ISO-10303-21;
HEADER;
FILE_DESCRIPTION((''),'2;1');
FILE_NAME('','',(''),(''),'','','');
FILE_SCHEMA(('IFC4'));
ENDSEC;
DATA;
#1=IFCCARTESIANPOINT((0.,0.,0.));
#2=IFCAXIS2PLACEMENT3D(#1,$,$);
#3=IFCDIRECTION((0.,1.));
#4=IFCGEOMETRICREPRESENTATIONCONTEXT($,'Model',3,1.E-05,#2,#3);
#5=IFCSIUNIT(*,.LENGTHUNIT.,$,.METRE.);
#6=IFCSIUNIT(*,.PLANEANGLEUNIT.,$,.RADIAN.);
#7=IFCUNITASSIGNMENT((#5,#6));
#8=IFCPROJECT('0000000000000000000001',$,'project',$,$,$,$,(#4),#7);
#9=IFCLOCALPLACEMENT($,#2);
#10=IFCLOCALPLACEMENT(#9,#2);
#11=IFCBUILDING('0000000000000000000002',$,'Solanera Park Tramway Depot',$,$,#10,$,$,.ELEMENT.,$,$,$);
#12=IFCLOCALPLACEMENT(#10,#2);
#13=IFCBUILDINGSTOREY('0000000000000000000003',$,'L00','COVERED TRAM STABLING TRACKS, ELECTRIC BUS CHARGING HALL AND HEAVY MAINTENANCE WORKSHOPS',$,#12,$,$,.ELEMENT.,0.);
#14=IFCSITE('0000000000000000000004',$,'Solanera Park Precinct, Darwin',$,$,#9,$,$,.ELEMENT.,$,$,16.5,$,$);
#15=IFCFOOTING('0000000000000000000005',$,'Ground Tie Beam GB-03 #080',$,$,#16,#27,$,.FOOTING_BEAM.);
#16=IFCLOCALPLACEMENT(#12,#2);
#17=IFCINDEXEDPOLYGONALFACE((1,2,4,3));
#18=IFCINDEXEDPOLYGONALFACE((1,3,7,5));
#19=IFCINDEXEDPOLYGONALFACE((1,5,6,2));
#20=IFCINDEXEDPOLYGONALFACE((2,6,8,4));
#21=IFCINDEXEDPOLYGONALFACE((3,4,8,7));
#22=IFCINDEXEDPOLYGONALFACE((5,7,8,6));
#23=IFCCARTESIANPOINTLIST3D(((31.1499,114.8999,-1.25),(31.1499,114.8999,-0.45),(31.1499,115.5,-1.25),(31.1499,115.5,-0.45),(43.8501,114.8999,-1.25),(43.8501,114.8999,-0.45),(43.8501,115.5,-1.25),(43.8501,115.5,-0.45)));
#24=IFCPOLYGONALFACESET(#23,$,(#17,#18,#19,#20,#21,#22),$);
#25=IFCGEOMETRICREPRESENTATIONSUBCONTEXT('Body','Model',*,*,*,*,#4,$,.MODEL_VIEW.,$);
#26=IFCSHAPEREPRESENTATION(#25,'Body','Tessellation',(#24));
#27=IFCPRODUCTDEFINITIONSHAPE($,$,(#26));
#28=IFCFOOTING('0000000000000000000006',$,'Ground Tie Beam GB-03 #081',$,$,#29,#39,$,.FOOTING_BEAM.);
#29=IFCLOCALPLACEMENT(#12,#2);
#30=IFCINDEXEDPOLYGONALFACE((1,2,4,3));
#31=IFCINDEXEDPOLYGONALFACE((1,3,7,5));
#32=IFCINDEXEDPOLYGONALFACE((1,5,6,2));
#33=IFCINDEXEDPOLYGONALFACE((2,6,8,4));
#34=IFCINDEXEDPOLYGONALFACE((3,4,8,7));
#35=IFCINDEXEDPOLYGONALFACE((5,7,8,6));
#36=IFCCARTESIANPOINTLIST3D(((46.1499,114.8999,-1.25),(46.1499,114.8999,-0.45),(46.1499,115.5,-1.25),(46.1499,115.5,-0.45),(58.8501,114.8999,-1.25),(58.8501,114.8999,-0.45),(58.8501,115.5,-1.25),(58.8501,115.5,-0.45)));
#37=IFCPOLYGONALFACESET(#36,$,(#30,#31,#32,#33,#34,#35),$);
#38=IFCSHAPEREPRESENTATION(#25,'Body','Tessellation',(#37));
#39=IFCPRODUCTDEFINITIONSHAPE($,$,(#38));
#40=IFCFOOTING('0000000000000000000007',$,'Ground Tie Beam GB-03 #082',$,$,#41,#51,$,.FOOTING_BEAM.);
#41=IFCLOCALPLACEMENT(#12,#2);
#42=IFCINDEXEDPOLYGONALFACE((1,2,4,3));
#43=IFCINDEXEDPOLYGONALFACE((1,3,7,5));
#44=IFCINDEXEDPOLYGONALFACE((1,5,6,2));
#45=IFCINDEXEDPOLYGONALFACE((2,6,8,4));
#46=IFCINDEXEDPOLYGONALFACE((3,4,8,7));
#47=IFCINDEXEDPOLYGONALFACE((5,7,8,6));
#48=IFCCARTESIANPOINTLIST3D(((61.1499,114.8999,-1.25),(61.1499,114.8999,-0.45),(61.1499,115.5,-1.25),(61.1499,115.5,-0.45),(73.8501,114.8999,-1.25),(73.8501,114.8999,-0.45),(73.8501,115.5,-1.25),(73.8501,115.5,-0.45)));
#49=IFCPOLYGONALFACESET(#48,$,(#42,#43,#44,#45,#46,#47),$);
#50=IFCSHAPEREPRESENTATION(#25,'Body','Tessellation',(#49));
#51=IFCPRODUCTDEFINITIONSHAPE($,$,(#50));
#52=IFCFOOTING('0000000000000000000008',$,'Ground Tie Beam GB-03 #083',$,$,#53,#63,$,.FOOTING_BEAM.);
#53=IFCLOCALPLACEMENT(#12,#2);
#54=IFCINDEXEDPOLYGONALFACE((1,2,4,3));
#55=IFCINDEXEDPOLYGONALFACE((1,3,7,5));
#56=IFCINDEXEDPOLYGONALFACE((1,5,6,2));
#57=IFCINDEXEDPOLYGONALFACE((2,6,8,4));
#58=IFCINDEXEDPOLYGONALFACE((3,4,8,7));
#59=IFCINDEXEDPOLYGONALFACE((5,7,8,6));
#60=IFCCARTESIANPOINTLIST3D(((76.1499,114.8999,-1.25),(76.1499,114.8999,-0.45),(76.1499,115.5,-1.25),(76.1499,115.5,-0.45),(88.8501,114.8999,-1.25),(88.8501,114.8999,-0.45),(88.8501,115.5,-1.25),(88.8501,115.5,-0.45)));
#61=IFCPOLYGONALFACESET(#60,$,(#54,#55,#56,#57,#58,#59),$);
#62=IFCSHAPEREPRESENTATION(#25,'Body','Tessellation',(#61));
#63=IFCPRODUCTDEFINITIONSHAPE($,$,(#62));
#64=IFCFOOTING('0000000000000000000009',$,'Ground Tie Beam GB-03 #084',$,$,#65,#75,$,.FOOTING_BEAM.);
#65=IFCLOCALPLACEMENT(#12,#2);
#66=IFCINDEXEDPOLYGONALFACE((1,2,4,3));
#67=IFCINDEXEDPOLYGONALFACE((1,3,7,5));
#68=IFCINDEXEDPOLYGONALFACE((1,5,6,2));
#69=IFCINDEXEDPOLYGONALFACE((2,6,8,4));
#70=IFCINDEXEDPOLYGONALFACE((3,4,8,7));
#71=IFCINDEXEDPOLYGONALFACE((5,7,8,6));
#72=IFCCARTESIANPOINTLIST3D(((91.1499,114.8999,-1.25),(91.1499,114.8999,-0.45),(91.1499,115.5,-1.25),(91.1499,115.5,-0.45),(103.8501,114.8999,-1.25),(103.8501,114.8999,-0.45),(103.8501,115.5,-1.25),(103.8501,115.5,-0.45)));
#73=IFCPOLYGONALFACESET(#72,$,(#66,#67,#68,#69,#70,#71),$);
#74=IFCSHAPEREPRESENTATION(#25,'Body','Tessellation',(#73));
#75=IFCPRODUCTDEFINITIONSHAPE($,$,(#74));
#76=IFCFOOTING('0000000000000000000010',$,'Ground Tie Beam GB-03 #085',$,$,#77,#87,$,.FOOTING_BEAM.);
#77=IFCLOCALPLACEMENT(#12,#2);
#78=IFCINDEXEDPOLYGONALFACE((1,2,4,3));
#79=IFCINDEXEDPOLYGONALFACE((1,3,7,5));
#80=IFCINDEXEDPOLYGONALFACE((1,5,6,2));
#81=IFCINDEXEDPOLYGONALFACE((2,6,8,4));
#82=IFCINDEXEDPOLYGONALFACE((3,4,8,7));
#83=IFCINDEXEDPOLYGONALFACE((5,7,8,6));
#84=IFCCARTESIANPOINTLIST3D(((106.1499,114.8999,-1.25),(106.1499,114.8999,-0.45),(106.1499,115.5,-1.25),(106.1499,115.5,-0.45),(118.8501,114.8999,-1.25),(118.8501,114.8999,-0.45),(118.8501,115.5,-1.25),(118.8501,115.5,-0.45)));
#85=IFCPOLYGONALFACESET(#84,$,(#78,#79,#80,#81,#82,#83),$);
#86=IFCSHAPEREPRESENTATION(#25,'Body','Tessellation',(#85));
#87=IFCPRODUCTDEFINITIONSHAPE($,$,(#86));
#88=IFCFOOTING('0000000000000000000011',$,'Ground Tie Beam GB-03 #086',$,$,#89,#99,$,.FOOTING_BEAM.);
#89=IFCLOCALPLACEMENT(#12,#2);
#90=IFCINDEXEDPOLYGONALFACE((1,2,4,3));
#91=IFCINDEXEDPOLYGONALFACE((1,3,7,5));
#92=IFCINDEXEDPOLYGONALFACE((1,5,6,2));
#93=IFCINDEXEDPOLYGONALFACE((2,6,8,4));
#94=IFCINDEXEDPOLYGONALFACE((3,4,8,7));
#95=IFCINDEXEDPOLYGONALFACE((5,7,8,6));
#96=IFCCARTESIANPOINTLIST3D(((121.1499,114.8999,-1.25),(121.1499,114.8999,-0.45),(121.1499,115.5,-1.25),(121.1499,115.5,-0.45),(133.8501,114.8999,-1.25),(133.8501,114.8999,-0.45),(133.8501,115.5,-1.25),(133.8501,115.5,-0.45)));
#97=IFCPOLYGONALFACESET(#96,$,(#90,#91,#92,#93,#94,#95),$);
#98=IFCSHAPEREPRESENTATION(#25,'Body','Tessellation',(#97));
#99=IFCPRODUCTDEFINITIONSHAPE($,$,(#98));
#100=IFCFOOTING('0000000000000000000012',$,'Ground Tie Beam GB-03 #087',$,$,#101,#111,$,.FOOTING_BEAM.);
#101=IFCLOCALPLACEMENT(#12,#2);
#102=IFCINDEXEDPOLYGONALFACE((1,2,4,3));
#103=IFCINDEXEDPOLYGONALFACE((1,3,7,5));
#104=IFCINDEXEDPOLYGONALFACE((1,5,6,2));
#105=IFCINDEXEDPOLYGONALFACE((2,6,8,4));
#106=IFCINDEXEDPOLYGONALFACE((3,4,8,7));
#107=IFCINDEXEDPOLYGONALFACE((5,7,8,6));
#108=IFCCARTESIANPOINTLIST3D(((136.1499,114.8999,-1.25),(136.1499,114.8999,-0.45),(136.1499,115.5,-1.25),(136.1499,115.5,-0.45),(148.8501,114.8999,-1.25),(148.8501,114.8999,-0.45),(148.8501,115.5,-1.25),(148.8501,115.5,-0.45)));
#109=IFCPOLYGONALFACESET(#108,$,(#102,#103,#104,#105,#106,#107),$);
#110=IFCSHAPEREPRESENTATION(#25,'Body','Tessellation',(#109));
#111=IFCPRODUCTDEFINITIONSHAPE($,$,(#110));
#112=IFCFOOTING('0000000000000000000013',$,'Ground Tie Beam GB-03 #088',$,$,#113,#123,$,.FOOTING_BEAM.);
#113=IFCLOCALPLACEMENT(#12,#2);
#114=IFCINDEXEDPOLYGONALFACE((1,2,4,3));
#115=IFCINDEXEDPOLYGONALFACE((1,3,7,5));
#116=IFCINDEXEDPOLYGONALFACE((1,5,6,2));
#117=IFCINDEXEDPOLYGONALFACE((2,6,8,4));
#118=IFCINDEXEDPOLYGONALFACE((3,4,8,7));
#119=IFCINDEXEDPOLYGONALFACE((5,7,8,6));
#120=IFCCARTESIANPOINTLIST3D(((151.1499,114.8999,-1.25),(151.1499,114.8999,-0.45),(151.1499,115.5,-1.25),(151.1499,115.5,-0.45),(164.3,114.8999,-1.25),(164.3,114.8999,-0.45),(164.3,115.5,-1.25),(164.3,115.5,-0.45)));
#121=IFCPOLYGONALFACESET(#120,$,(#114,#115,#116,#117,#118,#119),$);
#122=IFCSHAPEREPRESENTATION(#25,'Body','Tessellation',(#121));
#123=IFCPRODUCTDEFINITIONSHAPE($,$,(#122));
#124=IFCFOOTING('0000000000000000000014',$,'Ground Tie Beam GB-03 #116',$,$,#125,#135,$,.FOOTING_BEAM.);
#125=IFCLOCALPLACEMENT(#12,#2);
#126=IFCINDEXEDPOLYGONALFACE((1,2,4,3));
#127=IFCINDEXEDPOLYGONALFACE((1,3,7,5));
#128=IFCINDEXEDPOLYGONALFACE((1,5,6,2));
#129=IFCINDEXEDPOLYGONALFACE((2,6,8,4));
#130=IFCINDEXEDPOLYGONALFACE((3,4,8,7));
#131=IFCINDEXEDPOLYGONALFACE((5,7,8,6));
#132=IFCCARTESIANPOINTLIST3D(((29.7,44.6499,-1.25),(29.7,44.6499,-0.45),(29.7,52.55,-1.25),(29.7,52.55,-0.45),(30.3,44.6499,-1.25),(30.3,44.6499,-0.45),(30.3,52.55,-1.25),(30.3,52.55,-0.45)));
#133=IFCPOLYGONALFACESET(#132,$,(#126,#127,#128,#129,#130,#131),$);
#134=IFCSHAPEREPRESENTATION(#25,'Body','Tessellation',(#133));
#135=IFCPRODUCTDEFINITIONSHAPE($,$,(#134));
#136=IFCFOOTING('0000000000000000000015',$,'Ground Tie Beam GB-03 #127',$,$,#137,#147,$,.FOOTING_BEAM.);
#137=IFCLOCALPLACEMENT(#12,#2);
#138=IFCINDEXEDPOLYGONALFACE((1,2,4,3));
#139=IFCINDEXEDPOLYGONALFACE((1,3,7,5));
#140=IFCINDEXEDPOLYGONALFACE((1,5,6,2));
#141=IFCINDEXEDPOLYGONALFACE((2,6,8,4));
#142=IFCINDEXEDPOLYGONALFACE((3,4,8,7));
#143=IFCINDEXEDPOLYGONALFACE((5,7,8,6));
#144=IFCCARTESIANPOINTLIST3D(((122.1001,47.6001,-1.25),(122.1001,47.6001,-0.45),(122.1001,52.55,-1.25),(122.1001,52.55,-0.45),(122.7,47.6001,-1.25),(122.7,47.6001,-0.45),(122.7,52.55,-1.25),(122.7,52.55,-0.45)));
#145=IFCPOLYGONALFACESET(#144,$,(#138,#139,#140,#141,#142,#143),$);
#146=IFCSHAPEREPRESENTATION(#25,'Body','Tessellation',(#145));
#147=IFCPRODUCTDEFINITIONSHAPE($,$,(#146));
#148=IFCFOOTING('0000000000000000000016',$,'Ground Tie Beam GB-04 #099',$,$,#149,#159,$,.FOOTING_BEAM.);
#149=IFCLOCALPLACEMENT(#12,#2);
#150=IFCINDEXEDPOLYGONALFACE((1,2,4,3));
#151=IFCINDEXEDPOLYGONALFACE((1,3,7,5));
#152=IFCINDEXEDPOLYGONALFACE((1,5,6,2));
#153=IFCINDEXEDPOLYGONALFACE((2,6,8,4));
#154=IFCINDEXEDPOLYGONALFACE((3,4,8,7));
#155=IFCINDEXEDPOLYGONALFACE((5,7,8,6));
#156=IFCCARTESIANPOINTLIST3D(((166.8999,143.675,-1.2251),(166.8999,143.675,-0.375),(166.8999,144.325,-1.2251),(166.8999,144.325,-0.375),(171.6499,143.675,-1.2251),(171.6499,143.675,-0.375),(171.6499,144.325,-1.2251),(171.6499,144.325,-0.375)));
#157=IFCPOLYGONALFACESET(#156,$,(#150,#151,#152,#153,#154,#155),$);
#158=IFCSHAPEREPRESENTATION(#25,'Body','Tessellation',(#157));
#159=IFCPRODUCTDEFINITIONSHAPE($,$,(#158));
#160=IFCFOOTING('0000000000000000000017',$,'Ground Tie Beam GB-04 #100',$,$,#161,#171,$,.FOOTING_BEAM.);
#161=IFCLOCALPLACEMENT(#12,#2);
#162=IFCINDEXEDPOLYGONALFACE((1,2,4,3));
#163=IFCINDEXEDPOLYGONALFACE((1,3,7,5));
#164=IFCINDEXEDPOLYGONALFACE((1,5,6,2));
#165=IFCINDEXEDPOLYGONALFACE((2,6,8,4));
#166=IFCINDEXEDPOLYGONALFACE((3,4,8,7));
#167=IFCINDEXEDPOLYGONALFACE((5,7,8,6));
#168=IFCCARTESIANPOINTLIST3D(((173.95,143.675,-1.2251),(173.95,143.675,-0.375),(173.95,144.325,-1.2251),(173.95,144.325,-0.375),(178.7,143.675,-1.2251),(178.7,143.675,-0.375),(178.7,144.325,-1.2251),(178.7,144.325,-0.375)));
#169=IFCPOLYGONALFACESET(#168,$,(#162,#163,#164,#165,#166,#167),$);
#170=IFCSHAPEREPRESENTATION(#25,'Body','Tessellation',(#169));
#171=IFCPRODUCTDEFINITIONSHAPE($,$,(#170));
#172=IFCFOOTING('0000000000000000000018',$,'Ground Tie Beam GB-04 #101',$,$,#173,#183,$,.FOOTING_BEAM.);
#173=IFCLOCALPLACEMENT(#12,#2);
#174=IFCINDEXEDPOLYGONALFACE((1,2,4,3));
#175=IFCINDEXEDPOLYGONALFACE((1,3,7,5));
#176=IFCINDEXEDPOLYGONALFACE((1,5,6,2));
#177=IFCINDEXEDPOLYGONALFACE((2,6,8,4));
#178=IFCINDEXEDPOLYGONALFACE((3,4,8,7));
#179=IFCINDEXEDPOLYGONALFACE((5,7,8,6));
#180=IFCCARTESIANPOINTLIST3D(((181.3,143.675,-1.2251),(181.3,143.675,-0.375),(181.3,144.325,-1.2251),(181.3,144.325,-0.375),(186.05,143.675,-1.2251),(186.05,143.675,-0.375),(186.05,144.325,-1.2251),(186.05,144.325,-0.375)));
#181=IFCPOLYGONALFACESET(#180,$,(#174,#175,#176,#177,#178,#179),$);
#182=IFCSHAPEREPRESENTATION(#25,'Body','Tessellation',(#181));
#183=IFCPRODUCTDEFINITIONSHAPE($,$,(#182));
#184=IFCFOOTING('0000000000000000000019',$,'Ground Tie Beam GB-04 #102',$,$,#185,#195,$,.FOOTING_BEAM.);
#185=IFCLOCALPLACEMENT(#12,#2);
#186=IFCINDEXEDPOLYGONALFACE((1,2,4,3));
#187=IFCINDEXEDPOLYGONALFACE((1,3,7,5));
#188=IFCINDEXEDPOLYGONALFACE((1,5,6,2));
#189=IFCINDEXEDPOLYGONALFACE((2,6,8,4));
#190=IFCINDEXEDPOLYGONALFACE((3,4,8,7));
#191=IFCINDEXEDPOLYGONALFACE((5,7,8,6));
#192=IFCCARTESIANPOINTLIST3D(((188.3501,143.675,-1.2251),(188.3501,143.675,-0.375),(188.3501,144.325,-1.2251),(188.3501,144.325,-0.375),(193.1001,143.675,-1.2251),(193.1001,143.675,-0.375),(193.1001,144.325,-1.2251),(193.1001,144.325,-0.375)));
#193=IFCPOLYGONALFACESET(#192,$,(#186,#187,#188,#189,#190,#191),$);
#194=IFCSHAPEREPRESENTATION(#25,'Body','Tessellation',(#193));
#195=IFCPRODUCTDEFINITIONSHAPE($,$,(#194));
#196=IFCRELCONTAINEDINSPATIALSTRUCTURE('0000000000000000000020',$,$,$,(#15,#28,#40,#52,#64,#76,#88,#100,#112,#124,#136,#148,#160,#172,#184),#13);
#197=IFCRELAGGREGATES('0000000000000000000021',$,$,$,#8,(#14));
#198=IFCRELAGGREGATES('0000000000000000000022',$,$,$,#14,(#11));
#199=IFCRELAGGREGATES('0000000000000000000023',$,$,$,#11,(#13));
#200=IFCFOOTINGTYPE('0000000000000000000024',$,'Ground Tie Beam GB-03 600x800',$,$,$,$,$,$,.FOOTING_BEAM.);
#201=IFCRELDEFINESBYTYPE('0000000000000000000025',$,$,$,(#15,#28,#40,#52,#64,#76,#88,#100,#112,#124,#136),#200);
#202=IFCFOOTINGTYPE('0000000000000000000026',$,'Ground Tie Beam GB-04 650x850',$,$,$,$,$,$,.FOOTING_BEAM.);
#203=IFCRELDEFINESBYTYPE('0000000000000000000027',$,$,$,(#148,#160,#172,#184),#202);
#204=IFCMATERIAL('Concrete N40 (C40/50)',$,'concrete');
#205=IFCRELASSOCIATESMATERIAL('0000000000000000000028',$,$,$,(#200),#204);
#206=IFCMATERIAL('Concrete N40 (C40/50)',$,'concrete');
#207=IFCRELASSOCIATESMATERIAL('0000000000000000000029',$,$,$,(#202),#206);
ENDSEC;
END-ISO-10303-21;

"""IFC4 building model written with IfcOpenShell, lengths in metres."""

from ifc_helpers import new_model, si_unit, direction, frame, origin, place, context, subcontext, project, spatial, polyline, outline, extrude, material, type_object, element, save


model = new_model("IFC4")

# Units and contexts
model_context = context("Model", 3, precision=1e-05, world=origin(), true_north=direction((0.0, 1.0)))
body_context = subcontext(model_context, "Body", "Model", "MODEL_VIEW")
ifc_project = project(units=[si_unit("LENGTHUNIT", "METRE"), si_unit("PLANEANGLEUNIT", "RADIAN")], contexts=[model_context])

# Site, building, storey
site_placement = place(None, origin())
site = spatial("IfcSite", under=ifc_project, at=site_placement, Name="Solanera Park Precinct, Darwin", CompositionType="ELEMENT", RefElevation=16.5)
building_placement = place(site_placement, origin())
building = spatial("IfcBuilding", under=site, at=building_placement, Name="Solanera Park Tramway Depot", CompositionType="ELEMENT")
storey_placement = place(building_placement, origin())
storey = spatial("IfcBuildingStorey", under=building, at=storey_placement, Name="L00", Description="COVERED TRAM STABLING TRACKS, ELECTRIC BUS CHARGING HALL AND HEAVY MAINTENANCE WORKSHOPS", CompositionType="ELEMENT", Elevation=0.0)

# Footings
ifc_material_1 = material(Name="Concrete N40 (C40/50)", Category="concrete")
footing_type_1 = type_object("IfcFootingType", Name="Ground Tie Beam GB-03 600x800", PredefinedType="FOOTING_BEAM", material=ifc_material_1)
footing_1_placement = place(storey_placement, frame((0.0, 0.0, -1.25)))
element("IfcFooting", 1, at=footing_1_placement, inside=storey, type_object=footing_type_1, Name="Ground Tie Beam GB-03 #080", PredefinedType="FOOTING_BEAM", context=body_context, shape_type="SweptSolid", body=[
    extrude(outline(polyline([(43.8501, 114.8999), (43.8501, 115.5), (31.1499, 115.5), (31.1499, 114.8999), (43.8501, 114.8999)])), origin(), (0.0, 0.0, 1.0), 0.8),
])
footing_2_placement = place(storey_placement, frame((0.0, 0.0, -1.25)))
element("IfcFooting", 2, at=footing_2_placement, inside=storey, type_object=footing_type_1, Name="Ground Tie Beam GB-03 #081", PredefinedType="FOOTING_BEAM", context=body_context, shape_type="SweptSolid", body=[
    extrude(outline(polyline([(58.8501, 114.8999), (58.8501, 115.5), (46.1499, 115.5), (46.1499, 114.8999), (58.8501, 114.8999)])), origin(), (0.0, 0.0, 1.0), 0.8),
])
footing_3_placement = place(storey_placement, frame((0.0, 0.0, -1.25)))
element("IfcFooting", 3, at=footing_3_placement, inside=storey, type_object=footing_type_1, Name="Ground Tie Beam GB-03 #082", PredefinedType="FOOTING_BEAM", context=body_context, shape_type="SweptSolid", body=[
    extrude(outline(polyline([(73.8501, 114.8999), (73.8501, 115.5), (61.1499, 115.5), (61.1499, 114.8999), (73.8501, 114.8999)])), origin(), (0.0, 0.0, 1.0), 0.8),
])
footing_4_placement = place(storey_placement, frame((0.0, 0.0, -1.25)))
element("IfcFooting", 4, at=footing_4_placement, inside=storey, type_object=footing_type_1, Name="Ground Tie Beam GB-03 #083", PredefinedType="FOOTING_BEAM", context=body_context, shape_type="SweptSolid", body=[
    extrude(outline(polyline([(88.8501, 114.8999), (88.8501, 115.5), (76.1499, 115.5), (76.1499, 114.8999), (88.8501, 114.8999)])), origin(), (0.0, 0.0, 1.0), 0.8),
])
footing_5_placement = place(storey_placement, frame((0.0, 0.0, -1.25)))
element("IfcFooting", 5, at=footing_5_placement, inside=storey, type_object=footing_type_1, Name="Ground Tie Beam GB-03 #084", PredefinedType="FOOTING_BEAM", context=body_context, shape_type="SweptSolid", body=[
    extrude(outline(polyline([(103.8501, 114.8999), (103.8501, 115.5), (91.1499, 115.5), (91.1499, 114.8999), (103.8501, 114.8999)])), origin(), (0.0, 0.0, 1.0), 0.8),
])
footing_6_placement = place(storey_placement, frame((0.0, 0.0, -1.25)))
element("IfcFooting", 6, at=footing_6_placement, inside=storey, type_object=footing_type_1, Name="Ground Tie Beam GB-03 #085", PredefinedType="FOOTING_BEAM", context=body_context, shape_type="SweptSolid", body=[
    extrude(outline(polyline([(118.8501, 114.8999), (118.8501, 115.5), (106.1499, 115.5), (106.1499, 114.8999), (118.8501, 114.8999)])), origin(), (0.0, 0.0, 1.0), 0.8),
])
footing_7_placement = place(storey_placement, frame((0.0, 0.0, -1.25)))
element("IfcFooting", 7, at=footing_7_placement, inside=storey, type_object=footing_type_1, Name="Ground Tie Beam GB-03 #086", PredefinedType="FOOTING_BEAM", context=body_context, shape_type="SweptSolid", body=[
    extrude(outline(polyline([(133.8501, 114.8999), (133.8501, 115.5), (121.1499, 115.5), (121.1499, 114.8999), (133.8501, 114.8999)])), origin(), (0.0, 0.0, 1.0), 0.8),
])
footing_8_placement = place(storey_placement, frame((0.0, 0.0, -1.25)))
element("IfcFooting", 8, at=footing_8_placement, inside=storey, type_object=footing_type_1, Name="Ground Tie Beam GB-03 #087", PredefinedType="FOOTING_BEAM", context=body_context, shape_type="SweptSolid", body=[
    extrude(outline(polyline([(148.8501, 114.8999), (148.8501, 115.5), (136.1499, 115.5), (136.1499, 114.8999), (148.8501, 114.8999)])), origin(), (0.0, 0.0, 1.0), 0.8),
])
footing_9_placement = place(storey_placement, frame((0.0, 0.0, -1.25)))
element("IfcFooting", 9, at=footing_9_placement, inside=storey, type_object=footing_type_1, Name="Ground Tie Beam GB-03 #088", PredefinedType="FOOTING_BEAM", context=body_context, shape_type="SweptSolid", body=[
    extrude(outline(polyline([(164.3, 114.8999), (164.3, 115.5), (151.1499, 115.5), (151.1499, 114.8999), (164.3, 114.8999)])), origin(), (0.0, 0.0, 1.0), 0.8),
])
footing_10_placement = place(storey_placement, frame((0.0, 0.0, -1.25)))
element("IfcFooting", 10, at=footing_10_placement, inside=storey, type_object=footing_type_1, Name="Ground Tie Beam GB-03 #116", PredefinedType="FOOTING_BEAM", context=body_context, shape_type="SweptSolid", body=[
    extrude(outline(polyline([(30.3, 44.6499), (30.3, 52.55), (29.7, 52.55), (29.7, 44.6499), (30.3, 44.6499)])), origin(), (0.0, 0.0, 1.0), 0.8),
])
footing_11_placement = place(storey_placement, frame((0.0, 0.0, -1.25)))
element("IfcFooting", 11, at=footing_11_placement, inside=storey, type_object=footing_type_1, Name="Ground Tie Beam GB-03 #127", PredefinedType="FOOTING_BEAM", context=body_context, shape_type="SweptSolid", body=[
    extrude(outline(polyline([(122.7, 47.6001), (122.7, 52.55), (122.1001, 52.55), (122.1001, 47.6001), (122.7, 47.6001)])), origin(), (0.0, 0.0, 1.0), 0.8),
])
ifc_material_2 = material(Name="Concrete N40 (C40/50)", Category="concrete")
footing_type_2 = type_object("IfcFootingType", Name="Ground Tie Beam GB-04 650x850", PredefinedType="FOOTING_BEAM", material=ifc_material_2)
footing_12_placement = place(storey_placement, frame((0.0, 0.0, -1.2251)))
element("IfcFooting", 12, at=footing_12_placement, inside=storey, type_object=footing_type_2, Name="Ground Tie Beam GB-04 #099", PredefinedType="FOOTING_BEAM", context=body_context, shape_type="SweptSolid", body=[
    extrude(outline(polyline([(171.6499, 143.675), (171.6499, 144.325), (166.8999, 144.325), (166.8999, 143.675), (171.6499, 143.675)])), origin(), (0.0, 0.0, 1.0), 0.8501),
])
footing_13_placement = place(storey_placement, frame((0.0, 0.0, -1.2251)))
element("IfcFooting", 13, at=footing_13_placement, inside=storey, type_object=footing_type_2, Name="Ground Tie Beam GB-04 #100", PredefinedType="FOOTING_BEAM", context=body_context, shape_type="SweptSolid", body=[
    extrude(outline(polyline([(178.7, 143.675), (178.7, 144.325), (173.95, 144.325), (173.95, 143.675), (178.7, 143.675)])), origin(), (0.0, 0.0, 1.0), 0.8501),
])
footing_14_placement = place(storey_placement, frame((0.0, 0.0, -1.2251)))
element("IfcFooting", 14, at=footing_14_placement, inside=storey, type_object=footing_type_2, Name="Ground Tie Beam GB-04 #101", PredefinedType="FOOTING_BEAM", context=body_context, shape_type="SweptSolid", body=[
    extrude(outline(polyline([(186.05, 143.675), (186.05, 144.325), (181.3, 144.325), (181.3, 143.675), (186.05, 143.675)])), origin(), (0.0, 0.0, 1.0), 0.8501),
])
footing_15_placement = place(storey_placement, frame((0.0, 0.0, -1.2251)))
element("IfcFooting", 15, at=footing_15_placement, inside=storey, type_object=footing_type_2, Name="Ground Tie Beam GB-04 #102", PredefinedType="FOOTING_BEAM", context=body_context, shape_type="SweptSolid", body=[
    extrude(outline(polyline([(193.1001, 143.675), (193.1001, 144.325), (188.3501, 144.325), (188.3501, 143.675), (193.1001, 143.675)])), origin(), (0.0, 0.0, 1.0), 0.8501),
])

save(model, "model.ifc")
